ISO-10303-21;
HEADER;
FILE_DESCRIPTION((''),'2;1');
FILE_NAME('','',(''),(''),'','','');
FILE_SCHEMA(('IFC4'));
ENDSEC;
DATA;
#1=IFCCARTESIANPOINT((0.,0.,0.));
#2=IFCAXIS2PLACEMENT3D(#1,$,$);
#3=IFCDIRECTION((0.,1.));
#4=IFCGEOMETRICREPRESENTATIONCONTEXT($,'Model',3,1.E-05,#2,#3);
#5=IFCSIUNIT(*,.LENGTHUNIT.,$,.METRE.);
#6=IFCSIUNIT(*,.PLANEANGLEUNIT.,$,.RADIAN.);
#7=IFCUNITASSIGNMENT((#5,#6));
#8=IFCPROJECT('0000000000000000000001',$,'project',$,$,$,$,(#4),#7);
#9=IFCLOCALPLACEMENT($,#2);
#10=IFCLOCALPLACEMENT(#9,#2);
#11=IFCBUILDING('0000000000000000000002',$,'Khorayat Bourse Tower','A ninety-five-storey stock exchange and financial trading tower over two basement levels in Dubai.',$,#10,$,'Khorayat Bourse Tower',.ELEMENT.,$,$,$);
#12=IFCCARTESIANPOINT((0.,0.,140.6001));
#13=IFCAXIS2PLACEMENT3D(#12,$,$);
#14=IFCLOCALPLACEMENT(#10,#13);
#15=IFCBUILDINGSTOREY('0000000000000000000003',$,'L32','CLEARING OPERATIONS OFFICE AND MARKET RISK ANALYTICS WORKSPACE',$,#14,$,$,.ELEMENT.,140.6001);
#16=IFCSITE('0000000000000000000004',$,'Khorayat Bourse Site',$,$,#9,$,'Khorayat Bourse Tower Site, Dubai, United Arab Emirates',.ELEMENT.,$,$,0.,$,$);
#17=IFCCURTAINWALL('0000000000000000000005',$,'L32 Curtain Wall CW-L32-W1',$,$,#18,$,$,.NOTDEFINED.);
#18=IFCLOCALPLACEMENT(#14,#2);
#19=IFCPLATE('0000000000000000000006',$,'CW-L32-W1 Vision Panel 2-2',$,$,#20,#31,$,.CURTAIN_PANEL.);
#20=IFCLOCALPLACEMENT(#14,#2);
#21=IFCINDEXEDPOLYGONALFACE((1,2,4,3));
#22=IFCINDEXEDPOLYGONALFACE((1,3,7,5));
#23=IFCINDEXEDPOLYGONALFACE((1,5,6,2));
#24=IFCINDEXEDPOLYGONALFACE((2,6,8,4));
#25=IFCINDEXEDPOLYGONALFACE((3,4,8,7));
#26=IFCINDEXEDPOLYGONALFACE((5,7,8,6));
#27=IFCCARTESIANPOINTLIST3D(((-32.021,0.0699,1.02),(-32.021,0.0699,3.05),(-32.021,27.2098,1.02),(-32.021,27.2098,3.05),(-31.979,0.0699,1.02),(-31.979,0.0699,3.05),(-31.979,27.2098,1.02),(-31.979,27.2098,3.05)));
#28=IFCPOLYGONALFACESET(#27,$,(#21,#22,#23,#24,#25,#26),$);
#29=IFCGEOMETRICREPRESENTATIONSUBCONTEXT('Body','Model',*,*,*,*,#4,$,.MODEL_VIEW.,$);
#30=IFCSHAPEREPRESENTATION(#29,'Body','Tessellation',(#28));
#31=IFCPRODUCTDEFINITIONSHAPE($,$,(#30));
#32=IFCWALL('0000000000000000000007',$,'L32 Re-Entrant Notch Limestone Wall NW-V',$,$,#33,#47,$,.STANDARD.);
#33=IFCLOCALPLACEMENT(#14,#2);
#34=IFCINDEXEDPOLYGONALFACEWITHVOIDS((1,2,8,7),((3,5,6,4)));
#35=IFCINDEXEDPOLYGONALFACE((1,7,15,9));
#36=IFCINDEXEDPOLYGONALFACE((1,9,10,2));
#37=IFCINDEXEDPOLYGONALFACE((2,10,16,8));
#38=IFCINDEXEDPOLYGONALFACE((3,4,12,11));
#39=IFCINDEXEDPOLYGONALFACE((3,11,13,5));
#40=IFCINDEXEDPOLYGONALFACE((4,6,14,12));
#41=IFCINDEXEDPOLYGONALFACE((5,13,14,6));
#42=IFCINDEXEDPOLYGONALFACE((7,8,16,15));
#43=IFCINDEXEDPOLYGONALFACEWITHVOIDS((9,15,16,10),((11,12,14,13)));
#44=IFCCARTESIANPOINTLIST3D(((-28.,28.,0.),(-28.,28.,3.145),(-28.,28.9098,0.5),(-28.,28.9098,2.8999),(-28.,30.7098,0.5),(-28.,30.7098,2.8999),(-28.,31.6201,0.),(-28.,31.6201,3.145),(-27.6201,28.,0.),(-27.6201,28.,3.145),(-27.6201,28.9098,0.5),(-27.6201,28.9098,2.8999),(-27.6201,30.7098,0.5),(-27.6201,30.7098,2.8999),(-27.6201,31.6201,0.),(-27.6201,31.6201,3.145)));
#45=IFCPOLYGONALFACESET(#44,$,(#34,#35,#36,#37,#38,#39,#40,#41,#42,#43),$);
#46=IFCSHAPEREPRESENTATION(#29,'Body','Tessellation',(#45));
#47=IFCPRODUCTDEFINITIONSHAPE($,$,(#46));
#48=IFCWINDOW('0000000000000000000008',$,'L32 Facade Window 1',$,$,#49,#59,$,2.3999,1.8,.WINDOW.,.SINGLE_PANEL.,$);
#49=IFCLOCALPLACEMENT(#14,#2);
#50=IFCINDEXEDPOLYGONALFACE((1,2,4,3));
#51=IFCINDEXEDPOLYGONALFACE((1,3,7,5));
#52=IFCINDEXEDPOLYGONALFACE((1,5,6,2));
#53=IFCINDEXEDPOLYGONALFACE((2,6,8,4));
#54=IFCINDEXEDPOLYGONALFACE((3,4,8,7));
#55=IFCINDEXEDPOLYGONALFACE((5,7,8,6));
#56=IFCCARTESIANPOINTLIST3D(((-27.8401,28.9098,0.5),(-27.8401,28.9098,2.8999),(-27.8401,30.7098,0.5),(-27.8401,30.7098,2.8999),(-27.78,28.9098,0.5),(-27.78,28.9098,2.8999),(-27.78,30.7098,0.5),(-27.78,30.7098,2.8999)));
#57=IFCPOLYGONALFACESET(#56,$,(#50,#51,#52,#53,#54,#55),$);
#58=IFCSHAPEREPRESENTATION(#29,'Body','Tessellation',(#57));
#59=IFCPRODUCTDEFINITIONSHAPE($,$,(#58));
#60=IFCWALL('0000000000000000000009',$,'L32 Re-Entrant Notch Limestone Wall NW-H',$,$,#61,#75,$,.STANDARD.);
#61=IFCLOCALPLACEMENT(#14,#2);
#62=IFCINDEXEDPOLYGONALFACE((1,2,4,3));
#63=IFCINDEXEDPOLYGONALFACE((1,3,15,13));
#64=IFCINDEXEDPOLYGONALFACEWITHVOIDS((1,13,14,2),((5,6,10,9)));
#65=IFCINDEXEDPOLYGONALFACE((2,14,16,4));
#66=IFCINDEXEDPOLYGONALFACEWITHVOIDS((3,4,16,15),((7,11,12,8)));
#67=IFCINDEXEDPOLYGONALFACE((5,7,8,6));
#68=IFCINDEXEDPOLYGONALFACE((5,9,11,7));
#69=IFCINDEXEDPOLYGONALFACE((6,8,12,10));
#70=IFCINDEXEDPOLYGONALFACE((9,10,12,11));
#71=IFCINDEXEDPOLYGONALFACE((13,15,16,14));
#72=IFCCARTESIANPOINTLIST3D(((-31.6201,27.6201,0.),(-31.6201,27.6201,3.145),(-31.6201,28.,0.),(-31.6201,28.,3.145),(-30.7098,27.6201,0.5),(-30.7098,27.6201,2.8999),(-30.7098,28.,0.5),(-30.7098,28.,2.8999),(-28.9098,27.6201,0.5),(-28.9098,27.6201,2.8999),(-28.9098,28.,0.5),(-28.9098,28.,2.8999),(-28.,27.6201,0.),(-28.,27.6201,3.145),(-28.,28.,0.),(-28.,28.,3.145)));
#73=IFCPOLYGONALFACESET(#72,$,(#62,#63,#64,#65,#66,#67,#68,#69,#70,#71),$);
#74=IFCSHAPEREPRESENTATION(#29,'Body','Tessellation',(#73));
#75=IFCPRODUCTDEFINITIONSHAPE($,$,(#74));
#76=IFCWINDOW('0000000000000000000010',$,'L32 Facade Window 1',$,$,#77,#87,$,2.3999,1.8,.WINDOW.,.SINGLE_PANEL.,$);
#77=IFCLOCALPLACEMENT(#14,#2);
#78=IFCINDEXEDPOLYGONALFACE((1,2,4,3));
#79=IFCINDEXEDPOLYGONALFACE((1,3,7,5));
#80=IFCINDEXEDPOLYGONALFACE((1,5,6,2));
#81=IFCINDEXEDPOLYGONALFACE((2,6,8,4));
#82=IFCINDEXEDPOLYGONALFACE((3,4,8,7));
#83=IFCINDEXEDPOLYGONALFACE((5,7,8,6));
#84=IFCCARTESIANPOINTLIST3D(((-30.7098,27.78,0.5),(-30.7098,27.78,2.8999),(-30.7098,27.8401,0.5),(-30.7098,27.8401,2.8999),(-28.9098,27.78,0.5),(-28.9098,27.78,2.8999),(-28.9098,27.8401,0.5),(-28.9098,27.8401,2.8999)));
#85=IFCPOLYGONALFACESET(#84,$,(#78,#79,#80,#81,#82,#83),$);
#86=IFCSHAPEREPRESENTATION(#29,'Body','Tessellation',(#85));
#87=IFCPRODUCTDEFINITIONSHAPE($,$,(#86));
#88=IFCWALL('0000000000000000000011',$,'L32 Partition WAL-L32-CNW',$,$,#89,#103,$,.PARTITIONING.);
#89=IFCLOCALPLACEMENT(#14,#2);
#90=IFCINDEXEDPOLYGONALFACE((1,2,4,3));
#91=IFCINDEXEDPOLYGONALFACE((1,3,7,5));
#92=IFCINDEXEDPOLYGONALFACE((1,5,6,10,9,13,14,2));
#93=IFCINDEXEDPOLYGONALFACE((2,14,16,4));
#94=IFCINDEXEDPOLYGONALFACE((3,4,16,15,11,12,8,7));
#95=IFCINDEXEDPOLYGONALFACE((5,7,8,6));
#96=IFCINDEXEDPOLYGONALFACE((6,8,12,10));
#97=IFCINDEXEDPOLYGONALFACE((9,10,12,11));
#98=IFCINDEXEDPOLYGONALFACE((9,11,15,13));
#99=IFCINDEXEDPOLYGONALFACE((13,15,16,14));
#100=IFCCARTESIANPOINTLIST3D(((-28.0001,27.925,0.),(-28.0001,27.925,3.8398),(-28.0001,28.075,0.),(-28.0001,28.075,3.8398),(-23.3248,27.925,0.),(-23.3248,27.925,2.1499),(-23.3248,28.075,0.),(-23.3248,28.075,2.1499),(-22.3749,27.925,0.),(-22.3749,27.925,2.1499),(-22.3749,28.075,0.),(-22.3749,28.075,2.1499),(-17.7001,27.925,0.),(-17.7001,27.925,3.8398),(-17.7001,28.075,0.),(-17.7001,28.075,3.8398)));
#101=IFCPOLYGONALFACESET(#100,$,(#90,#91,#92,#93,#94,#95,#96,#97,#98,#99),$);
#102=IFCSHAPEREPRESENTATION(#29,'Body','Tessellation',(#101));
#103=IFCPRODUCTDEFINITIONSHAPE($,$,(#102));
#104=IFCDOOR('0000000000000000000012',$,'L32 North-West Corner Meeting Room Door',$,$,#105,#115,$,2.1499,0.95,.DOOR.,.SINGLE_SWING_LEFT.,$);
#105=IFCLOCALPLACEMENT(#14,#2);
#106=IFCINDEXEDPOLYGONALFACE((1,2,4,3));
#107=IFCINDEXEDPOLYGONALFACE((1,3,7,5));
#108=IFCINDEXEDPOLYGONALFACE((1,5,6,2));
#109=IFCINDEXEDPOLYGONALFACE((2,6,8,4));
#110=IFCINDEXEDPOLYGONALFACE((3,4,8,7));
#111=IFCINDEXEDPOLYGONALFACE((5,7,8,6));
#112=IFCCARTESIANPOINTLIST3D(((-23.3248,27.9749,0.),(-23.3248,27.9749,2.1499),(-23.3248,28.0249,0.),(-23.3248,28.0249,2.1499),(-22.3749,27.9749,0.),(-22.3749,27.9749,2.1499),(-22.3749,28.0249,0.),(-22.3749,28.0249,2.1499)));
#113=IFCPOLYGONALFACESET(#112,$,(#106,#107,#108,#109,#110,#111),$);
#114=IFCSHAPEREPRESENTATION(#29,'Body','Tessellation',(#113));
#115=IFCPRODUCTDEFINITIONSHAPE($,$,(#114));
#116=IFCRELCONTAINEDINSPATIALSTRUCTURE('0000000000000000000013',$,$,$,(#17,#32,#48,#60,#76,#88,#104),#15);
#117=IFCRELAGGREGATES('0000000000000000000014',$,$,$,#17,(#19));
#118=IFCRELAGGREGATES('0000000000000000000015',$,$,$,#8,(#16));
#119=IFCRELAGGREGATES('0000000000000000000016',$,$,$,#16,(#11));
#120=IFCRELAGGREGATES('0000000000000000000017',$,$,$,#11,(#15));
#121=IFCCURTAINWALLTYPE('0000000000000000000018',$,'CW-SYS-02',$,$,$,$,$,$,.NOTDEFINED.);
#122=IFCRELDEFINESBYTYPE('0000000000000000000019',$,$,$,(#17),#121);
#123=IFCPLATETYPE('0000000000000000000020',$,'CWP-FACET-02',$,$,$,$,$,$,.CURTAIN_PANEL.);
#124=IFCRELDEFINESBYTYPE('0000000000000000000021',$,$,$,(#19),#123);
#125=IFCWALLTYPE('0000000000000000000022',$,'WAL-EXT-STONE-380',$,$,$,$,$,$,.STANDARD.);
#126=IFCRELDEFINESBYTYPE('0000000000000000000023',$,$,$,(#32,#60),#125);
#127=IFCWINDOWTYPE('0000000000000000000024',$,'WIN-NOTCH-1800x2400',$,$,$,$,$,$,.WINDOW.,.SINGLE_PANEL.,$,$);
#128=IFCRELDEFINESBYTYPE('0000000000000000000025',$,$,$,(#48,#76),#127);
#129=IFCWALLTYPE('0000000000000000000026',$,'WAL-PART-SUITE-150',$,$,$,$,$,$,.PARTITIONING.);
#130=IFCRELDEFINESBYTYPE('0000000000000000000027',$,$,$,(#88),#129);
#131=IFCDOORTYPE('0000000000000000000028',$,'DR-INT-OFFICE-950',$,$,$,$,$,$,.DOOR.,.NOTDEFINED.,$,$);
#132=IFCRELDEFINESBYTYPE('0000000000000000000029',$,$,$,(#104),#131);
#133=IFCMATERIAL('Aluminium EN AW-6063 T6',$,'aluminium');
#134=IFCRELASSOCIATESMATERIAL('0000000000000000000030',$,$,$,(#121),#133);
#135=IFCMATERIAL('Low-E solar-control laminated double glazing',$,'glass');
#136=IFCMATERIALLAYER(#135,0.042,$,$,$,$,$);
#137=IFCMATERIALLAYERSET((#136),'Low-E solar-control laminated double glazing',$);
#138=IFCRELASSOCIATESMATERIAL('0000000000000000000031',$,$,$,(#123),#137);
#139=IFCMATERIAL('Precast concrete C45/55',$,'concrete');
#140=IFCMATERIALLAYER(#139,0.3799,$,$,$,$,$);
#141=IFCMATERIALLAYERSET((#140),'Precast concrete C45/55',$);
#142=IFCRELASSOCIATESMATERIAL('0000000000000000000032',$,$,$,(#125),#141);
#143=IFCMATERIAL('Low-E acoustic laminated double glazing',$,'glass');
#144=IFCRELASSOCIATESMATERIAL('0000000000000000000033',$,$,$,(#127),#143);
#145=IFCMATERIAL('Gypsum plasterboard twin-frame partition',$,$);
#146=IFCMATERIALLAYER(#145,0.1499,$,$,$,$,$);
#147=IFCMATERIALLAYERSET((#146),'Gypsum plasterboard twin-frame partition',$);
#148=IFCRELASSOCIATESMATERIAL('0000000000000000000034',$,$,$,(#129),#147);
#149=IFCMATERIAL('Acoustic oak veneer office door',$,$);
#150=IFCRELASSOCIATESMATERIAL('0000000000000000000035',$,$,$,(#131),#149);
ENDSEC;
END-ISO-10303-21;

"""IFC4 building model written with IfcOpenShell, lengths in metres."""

from ifc_helpers import new_model, si_unit, direction, frame, frame_2d, origin, origin_2d, place, context, subcontext, project, spatial, rectangle, extrude, source, transform, mapped, material, layer, layer_set, type_object, element, fill, aggregate, save


model = new_model("IFC4")

# Units and contexts
model_context = context("Model", 3, precision=1e-05, world=origin(), true_north=direction((0.0, 1.0)))
body_context = subcontext(model_context, "Body", "Model", "MODEL_VIEW")
ifc_project = project(units=[si_unit("LENGTHUNIT", "METRE"), si_unit("PLANEANGLEUNIT", "RADIAN")], contexts=[model_context])

# Site, building, storey
site_placement = place(None, origin())
site = spatial("IfcSite", under=ifc_project, at=site_placement, Name="Khorayat Bourse Site", LongName="Khorayat Bourse Tower Site, Dubai, United Arab Emirates", CompositionType="ELEMENT", RefElevation=0.0)
building_placement = place(site_placement, origin())
building = spatial("IfcBuilding", under=site, at=building_placement, Name="Khorayat Bourse Tower", Description="A ninety-five-storey stock exchange and financial trading tower over two basement levels in Dubai.", LongName="Khorayat Bourse Tower", CompositionType="ELEMENT")
storey_placement = place(building_placement, frame((0.0, 0.0, 140.6001)))
storey = spatial("IfcBuildingStorey", under=building, at=storey_placement, Name="L32", Description="CLEARING OPERATIONS OFFICE AND MARKET RISK ANALYTICS WORKSPACE", CompositionType="ELEMENT", Elevation=140.6001)

# Shared definitions
ifc_material_1 = material(Name="Aluminium EN AW-6063 T6", Category="aluminium")
curtain_wall_type = type_object("IfcCurtainWallType", Name="CW-SYS-02", PredefinedType="NOTDEFINED", material=ifc_material_1)

# Curtain wall
curtain_wall_1_placement = place(storey_placement, origin())
curtain_wall_1 = element("IfcCurtainWall", 1, at=curtain_wall_1_placement, inside=storey, type_object=curtain_wall_type, Name="L32 Curtain Wall CW-L32-W1", PredefinedType="NOTDEFINED")

# Plate
ifc_material_2 = material(Name="Low-E solar-control laminated double glazing", Category="glass")
ifc_layer_1 = layer(ifc_material_2, 0.042)
ifc_layer_set_1 = layer_set([ifc_layer_1], Name="Low-E solar-control laminated double glazing")
plate_type_1 = type_object("IfcPlateType", Name="CWP-FACET-02", PredefinedType="CURTAIN_PANEL", material=ifc_layer_set_1)
shared_shape_1 = source(origin(), body_context, "Body", "SweptSolid", [
    extrude(rectangle(XDim=27.1399, YDim=0.042, at=origin_2d()), origin(), (0.0, 0.0, 1.0), 2.03),
])
plate_1_placement = place(storey_placement, frame((-32.0, 13.6399, 1.02), z_axis=(0.0, 0.0, 1.0), x_axis=(0.0, 1.0, 0.0)))
plate_1 = element("IfcPlate", 2, at=plate_1_placement, type_object=plate_type_1, Name="CW-L32-W1 Vision Panel 2-2", PredefinedType="CURTAIN_PANEL", context=body_context, shape_type="MappedRepresentation", body=[
    mapped(shared_shape_1, transform((0.0, 0.0, 0.0), scale=1.0)),
])
aggregate(curtain_wall_1, [plate_1])

# Walls, openings, windows
ifc_material_3 = material(Name="Precast concrete C45/55", Category="concrete")
ifc_layer_2 = layer(ifc_material_3, 0.3799)
ifc_layer_set_2 = layer_set([ifc_layer_2], Name="Precast concrete C45/55")
wall_type_1 = type_object("IfcWallType", Name="WAL-EXT-STONE-380", PredefinedType="STANDARD", material=ifc_layer_set_2)
shared_shape_2 = source(origin(), body_context, "Body", "SweptSolid", [
    extrude(rectangle(XDim=3.6201, YDim=0.3799, at=frame_2d((1.8101, 0.0))), origin(), (0.0, 0.0, 1.0), 3.145),
])
wall_1_placement = place(storey_placement, frame((-27.8101, 28.0, 0.0), z_axis=(0.0, 0.0, 1.0), x_axis=(0.0, 1.0, 0.0)))
wall_1 = element("IfcWall", 3, at=wall_1_placement, inside=storey, type_object=wall_type_1, Name="L32 Re-Entrant Notch Limestone Wall NW-V", PredefinedType="STANDARD", context=body_context, shape_type="MappedRepresentation", body=[
    mapped(shared_shape_2, transform((0.0, 0.0, 0.0), scale=1.0)),
])
shared_shape_3 = source(origin(), body_context, "Body", "SweptSolid", [
    extrude(rectangle(XDim=1.8, YDim=2.3999, at=frame_2d((0.8999, 1.2))), frame((0.0, 0.2, 0.0), z_axis=(0.0, -1.0, 0.0), x_axis=(1.0, 0.0, 0.0)), (0.0, 0.0, 1.0), 0.3999),
])
opening_1_placement = place(wall_1_placement, frame((0.9099, 0.0, 0.5)))
opening_1 = element("IfcOpeningElement", 4, at=opening_1_placement, cuts=wall_1, PredefinedType="OPENING", context=body_context, shape_type="MappedRepresentation", body=[
    mapped(shared_shape_3, transform((0.0, 0.0, 0.0), scale=1.0)),
])
ifc_material_4 = material(Name="Low-E acoustic laminated double glazing", Category="glass")
window_type = type_object("IfcWindowType", Name="WIN-NOTCH-1800x2400", PartitioningType="SINGLE_PANEL", PredefinedType="WINDOW", material=ifc_material_4)
shared_shape_4 = source(origin(), body_context, "Body", "SweptSolid", [
    extrude(rectangle(XDim=1.8, YDim=2.3999, at=frame_2d((0.8999, 1.2))), frame((0.0, 0.03, 0.0), z_axis=(0.0, -1.0, 0.0), x_axis=(1.0, 0.0, 0.0)), (0.0, 0.0, 1.0), 0.0601),
])
window_1_placement = place(opening_1_placement, origin())
window_1 = element("IfcWindow", 5, at=window_1_placement, inside=storey, type_object=window_type, Name="L32 Facade Window 1", OverallHeight=2.3999, OverallWidth=1.8, PartitioningType="SINGLE_PANEL", PredefinedType="WINDOW", context=body_context, shape_type="MappedRepresentation", body=[
    mapped(shared_shape_4, transform((0.0, 0.0, 0.0), scale=1.0)),
])
fill(opening_1, window_1)
wall_2_placement = place(storey_placement, frame((-28.0, 27.8101, 0.0), z_axis=(0.0, 0.0, 1.0), x_axis=(-1.0, 0.0, 0.0)))
wall_2 = element("IfcWall", 6, at=wall_2_placement, inside=storey, type_object=wall_type_1, Name="L32 Re-Entrant Notch Limestone Wall NW-H", PredefinedType="STANDARD", context=body_context, shape_type="MappedRepresentation", body=[
    mapped(shared_shape_2, transform((0.0, 0.0, 0.0), scale=1.0)),
])
opening_2_placement = place(wall_2_placement, frame((0.9099, 0.0, 0.5)))
opening_2 = element("IfcOpeningElement", 7, at=opening_2_placement, cuts=wall_2, PredefinedType="OPENING", context=body_context, shape_type="MappedRepresentation", body=[
    mapped(shared_shape_3, transform((0.0, 0.0, 0.0), scale=1.0)),
])
window_2_placement = place(opening_2_placement, origin())
window_2 = element("IfcWindow", 8, at=window_2_placement, inside=storey, type_object=window_type, Name="L32 Facade Window 1", OverallHeight=2.3999, OverallWidth=1.8, PartitioningType="SINGLE_PANEL", PredefinedType="WINDOW", context=body_context, shape_type="MappedRepresentation", body=[
    mapped(shared_shape_4, transform((0.0, 0.0, 0.0), scale=1.0)),
])
fill(opening_2, window_2)

# Wall, opening, door
ifc_material_5 = material(Name="Gypsum plasterboard twin-frame partition")
ifc_layer_3 = layer(ifc_material_5, 0.1499)
ifc_layer_set_3 = layer_set([ifc_layer_3], Name="Gypsum plasterboard twin-frame partition")
wall_type_2 = type_object("IfcWallType", Name="WAL-PART-SUITE-150", PredefinedType="PARTITIONING", material=ifc_layer_set_3)
shared_shape_5 = source(origin(), body_context, "Body", "SweptSolid", [
    extrude(rectangle(XDim=10.3, YDim=0.1499, at=frame_2d((5.1499, 0.0))), origin(), (0.0, 0.0, 1.0), 3.8398),
])
wall_3_placement = place(storey_placement, frame((-28.0, 28.0, 0.0), z_axis=(0.0, 0.0, 1.0), x_axis=(1.0, 0.0, 0.0)))
wall_3 = element("IfcWall", 9, at=wall_3_placement, inside=storey, type_object=wall_type_2, Name="L32 Partition WAL-L32-CNW", PredefinedType="PARTITIONING", context=body_context, shape_type="MappedRepresentation", body=[
    mapped(shared_shape_5, transform((0.0, 0.0, 0.0), scale=1.0)),
])
shared_shape_6 = source(origin(), body_context, "Body", "SweptSolid", [
    extrude(rectangle(XDim=0.95, YDim=2.1499, at=frame_2d((0.4751, 1.075))), frame((0.0, 0.085, 0.0), z_axis=(0.0, -1.0, 0.0), x_axis=(1.0, 0.0, 0.0)), (0.0, 0.0, 1.0), 0.1699),
])
opening_3_placement = place(wall_3_placement, frame((4.675, 0.0, 0.0)))
opening_3 = element("IfcOpeningElement", 10, at=opening_3_placement, cuts=wall_3, PredefinedType="OPENING", context=body_context, shape_type="MappedRepresentation", body=[
    mapped(shared_shape_6, transform((0.0, 0.0, 0.0), scale=1.0)),
])
ifc_material_6 = material(Name="Acoustic oak veneer office door")
door_type = type_object("IfcDoorType", Name="DR-INT-OFFICE-950", OperationType="NOTDEFINED", PredefinedType="DOOR", material=ifc_material_6)
shared_shape_7 = source(origin(), body_context, "Body", "SweptSolid", [
    extrude(rectangle(XDim=0.95, YDim=2.1499, at=frame_2d((0.4751, 1.075))), frame((0.0, 0.0249, 0.0), z_axis=(0.0, -1.0, 0.0), x_axis=(1.0, 0.0, 0.0)), (0.0, 0.0, 1.0), 0.05),
])
door_placement = place(opening_3_placement, origin())
door = element("IfcDoor", 11, at=door_placement, inside=storey, type_object=door_type, Name="L32 North-West Corner Meeting Room Door", OperationType="SINGLE_SWING_LEFT", OverallHeight=2.1499, OverallWidth=0.95, PredefinedType="DOOR", context=body_context, shape_type="MappedRepresentation", body=[
    mapped(shared_shape_7, transform((0.0, 0.0, 0.0), scale=1.0)),
])
fill(opening_3, door)

save(model, "model.ifc")
